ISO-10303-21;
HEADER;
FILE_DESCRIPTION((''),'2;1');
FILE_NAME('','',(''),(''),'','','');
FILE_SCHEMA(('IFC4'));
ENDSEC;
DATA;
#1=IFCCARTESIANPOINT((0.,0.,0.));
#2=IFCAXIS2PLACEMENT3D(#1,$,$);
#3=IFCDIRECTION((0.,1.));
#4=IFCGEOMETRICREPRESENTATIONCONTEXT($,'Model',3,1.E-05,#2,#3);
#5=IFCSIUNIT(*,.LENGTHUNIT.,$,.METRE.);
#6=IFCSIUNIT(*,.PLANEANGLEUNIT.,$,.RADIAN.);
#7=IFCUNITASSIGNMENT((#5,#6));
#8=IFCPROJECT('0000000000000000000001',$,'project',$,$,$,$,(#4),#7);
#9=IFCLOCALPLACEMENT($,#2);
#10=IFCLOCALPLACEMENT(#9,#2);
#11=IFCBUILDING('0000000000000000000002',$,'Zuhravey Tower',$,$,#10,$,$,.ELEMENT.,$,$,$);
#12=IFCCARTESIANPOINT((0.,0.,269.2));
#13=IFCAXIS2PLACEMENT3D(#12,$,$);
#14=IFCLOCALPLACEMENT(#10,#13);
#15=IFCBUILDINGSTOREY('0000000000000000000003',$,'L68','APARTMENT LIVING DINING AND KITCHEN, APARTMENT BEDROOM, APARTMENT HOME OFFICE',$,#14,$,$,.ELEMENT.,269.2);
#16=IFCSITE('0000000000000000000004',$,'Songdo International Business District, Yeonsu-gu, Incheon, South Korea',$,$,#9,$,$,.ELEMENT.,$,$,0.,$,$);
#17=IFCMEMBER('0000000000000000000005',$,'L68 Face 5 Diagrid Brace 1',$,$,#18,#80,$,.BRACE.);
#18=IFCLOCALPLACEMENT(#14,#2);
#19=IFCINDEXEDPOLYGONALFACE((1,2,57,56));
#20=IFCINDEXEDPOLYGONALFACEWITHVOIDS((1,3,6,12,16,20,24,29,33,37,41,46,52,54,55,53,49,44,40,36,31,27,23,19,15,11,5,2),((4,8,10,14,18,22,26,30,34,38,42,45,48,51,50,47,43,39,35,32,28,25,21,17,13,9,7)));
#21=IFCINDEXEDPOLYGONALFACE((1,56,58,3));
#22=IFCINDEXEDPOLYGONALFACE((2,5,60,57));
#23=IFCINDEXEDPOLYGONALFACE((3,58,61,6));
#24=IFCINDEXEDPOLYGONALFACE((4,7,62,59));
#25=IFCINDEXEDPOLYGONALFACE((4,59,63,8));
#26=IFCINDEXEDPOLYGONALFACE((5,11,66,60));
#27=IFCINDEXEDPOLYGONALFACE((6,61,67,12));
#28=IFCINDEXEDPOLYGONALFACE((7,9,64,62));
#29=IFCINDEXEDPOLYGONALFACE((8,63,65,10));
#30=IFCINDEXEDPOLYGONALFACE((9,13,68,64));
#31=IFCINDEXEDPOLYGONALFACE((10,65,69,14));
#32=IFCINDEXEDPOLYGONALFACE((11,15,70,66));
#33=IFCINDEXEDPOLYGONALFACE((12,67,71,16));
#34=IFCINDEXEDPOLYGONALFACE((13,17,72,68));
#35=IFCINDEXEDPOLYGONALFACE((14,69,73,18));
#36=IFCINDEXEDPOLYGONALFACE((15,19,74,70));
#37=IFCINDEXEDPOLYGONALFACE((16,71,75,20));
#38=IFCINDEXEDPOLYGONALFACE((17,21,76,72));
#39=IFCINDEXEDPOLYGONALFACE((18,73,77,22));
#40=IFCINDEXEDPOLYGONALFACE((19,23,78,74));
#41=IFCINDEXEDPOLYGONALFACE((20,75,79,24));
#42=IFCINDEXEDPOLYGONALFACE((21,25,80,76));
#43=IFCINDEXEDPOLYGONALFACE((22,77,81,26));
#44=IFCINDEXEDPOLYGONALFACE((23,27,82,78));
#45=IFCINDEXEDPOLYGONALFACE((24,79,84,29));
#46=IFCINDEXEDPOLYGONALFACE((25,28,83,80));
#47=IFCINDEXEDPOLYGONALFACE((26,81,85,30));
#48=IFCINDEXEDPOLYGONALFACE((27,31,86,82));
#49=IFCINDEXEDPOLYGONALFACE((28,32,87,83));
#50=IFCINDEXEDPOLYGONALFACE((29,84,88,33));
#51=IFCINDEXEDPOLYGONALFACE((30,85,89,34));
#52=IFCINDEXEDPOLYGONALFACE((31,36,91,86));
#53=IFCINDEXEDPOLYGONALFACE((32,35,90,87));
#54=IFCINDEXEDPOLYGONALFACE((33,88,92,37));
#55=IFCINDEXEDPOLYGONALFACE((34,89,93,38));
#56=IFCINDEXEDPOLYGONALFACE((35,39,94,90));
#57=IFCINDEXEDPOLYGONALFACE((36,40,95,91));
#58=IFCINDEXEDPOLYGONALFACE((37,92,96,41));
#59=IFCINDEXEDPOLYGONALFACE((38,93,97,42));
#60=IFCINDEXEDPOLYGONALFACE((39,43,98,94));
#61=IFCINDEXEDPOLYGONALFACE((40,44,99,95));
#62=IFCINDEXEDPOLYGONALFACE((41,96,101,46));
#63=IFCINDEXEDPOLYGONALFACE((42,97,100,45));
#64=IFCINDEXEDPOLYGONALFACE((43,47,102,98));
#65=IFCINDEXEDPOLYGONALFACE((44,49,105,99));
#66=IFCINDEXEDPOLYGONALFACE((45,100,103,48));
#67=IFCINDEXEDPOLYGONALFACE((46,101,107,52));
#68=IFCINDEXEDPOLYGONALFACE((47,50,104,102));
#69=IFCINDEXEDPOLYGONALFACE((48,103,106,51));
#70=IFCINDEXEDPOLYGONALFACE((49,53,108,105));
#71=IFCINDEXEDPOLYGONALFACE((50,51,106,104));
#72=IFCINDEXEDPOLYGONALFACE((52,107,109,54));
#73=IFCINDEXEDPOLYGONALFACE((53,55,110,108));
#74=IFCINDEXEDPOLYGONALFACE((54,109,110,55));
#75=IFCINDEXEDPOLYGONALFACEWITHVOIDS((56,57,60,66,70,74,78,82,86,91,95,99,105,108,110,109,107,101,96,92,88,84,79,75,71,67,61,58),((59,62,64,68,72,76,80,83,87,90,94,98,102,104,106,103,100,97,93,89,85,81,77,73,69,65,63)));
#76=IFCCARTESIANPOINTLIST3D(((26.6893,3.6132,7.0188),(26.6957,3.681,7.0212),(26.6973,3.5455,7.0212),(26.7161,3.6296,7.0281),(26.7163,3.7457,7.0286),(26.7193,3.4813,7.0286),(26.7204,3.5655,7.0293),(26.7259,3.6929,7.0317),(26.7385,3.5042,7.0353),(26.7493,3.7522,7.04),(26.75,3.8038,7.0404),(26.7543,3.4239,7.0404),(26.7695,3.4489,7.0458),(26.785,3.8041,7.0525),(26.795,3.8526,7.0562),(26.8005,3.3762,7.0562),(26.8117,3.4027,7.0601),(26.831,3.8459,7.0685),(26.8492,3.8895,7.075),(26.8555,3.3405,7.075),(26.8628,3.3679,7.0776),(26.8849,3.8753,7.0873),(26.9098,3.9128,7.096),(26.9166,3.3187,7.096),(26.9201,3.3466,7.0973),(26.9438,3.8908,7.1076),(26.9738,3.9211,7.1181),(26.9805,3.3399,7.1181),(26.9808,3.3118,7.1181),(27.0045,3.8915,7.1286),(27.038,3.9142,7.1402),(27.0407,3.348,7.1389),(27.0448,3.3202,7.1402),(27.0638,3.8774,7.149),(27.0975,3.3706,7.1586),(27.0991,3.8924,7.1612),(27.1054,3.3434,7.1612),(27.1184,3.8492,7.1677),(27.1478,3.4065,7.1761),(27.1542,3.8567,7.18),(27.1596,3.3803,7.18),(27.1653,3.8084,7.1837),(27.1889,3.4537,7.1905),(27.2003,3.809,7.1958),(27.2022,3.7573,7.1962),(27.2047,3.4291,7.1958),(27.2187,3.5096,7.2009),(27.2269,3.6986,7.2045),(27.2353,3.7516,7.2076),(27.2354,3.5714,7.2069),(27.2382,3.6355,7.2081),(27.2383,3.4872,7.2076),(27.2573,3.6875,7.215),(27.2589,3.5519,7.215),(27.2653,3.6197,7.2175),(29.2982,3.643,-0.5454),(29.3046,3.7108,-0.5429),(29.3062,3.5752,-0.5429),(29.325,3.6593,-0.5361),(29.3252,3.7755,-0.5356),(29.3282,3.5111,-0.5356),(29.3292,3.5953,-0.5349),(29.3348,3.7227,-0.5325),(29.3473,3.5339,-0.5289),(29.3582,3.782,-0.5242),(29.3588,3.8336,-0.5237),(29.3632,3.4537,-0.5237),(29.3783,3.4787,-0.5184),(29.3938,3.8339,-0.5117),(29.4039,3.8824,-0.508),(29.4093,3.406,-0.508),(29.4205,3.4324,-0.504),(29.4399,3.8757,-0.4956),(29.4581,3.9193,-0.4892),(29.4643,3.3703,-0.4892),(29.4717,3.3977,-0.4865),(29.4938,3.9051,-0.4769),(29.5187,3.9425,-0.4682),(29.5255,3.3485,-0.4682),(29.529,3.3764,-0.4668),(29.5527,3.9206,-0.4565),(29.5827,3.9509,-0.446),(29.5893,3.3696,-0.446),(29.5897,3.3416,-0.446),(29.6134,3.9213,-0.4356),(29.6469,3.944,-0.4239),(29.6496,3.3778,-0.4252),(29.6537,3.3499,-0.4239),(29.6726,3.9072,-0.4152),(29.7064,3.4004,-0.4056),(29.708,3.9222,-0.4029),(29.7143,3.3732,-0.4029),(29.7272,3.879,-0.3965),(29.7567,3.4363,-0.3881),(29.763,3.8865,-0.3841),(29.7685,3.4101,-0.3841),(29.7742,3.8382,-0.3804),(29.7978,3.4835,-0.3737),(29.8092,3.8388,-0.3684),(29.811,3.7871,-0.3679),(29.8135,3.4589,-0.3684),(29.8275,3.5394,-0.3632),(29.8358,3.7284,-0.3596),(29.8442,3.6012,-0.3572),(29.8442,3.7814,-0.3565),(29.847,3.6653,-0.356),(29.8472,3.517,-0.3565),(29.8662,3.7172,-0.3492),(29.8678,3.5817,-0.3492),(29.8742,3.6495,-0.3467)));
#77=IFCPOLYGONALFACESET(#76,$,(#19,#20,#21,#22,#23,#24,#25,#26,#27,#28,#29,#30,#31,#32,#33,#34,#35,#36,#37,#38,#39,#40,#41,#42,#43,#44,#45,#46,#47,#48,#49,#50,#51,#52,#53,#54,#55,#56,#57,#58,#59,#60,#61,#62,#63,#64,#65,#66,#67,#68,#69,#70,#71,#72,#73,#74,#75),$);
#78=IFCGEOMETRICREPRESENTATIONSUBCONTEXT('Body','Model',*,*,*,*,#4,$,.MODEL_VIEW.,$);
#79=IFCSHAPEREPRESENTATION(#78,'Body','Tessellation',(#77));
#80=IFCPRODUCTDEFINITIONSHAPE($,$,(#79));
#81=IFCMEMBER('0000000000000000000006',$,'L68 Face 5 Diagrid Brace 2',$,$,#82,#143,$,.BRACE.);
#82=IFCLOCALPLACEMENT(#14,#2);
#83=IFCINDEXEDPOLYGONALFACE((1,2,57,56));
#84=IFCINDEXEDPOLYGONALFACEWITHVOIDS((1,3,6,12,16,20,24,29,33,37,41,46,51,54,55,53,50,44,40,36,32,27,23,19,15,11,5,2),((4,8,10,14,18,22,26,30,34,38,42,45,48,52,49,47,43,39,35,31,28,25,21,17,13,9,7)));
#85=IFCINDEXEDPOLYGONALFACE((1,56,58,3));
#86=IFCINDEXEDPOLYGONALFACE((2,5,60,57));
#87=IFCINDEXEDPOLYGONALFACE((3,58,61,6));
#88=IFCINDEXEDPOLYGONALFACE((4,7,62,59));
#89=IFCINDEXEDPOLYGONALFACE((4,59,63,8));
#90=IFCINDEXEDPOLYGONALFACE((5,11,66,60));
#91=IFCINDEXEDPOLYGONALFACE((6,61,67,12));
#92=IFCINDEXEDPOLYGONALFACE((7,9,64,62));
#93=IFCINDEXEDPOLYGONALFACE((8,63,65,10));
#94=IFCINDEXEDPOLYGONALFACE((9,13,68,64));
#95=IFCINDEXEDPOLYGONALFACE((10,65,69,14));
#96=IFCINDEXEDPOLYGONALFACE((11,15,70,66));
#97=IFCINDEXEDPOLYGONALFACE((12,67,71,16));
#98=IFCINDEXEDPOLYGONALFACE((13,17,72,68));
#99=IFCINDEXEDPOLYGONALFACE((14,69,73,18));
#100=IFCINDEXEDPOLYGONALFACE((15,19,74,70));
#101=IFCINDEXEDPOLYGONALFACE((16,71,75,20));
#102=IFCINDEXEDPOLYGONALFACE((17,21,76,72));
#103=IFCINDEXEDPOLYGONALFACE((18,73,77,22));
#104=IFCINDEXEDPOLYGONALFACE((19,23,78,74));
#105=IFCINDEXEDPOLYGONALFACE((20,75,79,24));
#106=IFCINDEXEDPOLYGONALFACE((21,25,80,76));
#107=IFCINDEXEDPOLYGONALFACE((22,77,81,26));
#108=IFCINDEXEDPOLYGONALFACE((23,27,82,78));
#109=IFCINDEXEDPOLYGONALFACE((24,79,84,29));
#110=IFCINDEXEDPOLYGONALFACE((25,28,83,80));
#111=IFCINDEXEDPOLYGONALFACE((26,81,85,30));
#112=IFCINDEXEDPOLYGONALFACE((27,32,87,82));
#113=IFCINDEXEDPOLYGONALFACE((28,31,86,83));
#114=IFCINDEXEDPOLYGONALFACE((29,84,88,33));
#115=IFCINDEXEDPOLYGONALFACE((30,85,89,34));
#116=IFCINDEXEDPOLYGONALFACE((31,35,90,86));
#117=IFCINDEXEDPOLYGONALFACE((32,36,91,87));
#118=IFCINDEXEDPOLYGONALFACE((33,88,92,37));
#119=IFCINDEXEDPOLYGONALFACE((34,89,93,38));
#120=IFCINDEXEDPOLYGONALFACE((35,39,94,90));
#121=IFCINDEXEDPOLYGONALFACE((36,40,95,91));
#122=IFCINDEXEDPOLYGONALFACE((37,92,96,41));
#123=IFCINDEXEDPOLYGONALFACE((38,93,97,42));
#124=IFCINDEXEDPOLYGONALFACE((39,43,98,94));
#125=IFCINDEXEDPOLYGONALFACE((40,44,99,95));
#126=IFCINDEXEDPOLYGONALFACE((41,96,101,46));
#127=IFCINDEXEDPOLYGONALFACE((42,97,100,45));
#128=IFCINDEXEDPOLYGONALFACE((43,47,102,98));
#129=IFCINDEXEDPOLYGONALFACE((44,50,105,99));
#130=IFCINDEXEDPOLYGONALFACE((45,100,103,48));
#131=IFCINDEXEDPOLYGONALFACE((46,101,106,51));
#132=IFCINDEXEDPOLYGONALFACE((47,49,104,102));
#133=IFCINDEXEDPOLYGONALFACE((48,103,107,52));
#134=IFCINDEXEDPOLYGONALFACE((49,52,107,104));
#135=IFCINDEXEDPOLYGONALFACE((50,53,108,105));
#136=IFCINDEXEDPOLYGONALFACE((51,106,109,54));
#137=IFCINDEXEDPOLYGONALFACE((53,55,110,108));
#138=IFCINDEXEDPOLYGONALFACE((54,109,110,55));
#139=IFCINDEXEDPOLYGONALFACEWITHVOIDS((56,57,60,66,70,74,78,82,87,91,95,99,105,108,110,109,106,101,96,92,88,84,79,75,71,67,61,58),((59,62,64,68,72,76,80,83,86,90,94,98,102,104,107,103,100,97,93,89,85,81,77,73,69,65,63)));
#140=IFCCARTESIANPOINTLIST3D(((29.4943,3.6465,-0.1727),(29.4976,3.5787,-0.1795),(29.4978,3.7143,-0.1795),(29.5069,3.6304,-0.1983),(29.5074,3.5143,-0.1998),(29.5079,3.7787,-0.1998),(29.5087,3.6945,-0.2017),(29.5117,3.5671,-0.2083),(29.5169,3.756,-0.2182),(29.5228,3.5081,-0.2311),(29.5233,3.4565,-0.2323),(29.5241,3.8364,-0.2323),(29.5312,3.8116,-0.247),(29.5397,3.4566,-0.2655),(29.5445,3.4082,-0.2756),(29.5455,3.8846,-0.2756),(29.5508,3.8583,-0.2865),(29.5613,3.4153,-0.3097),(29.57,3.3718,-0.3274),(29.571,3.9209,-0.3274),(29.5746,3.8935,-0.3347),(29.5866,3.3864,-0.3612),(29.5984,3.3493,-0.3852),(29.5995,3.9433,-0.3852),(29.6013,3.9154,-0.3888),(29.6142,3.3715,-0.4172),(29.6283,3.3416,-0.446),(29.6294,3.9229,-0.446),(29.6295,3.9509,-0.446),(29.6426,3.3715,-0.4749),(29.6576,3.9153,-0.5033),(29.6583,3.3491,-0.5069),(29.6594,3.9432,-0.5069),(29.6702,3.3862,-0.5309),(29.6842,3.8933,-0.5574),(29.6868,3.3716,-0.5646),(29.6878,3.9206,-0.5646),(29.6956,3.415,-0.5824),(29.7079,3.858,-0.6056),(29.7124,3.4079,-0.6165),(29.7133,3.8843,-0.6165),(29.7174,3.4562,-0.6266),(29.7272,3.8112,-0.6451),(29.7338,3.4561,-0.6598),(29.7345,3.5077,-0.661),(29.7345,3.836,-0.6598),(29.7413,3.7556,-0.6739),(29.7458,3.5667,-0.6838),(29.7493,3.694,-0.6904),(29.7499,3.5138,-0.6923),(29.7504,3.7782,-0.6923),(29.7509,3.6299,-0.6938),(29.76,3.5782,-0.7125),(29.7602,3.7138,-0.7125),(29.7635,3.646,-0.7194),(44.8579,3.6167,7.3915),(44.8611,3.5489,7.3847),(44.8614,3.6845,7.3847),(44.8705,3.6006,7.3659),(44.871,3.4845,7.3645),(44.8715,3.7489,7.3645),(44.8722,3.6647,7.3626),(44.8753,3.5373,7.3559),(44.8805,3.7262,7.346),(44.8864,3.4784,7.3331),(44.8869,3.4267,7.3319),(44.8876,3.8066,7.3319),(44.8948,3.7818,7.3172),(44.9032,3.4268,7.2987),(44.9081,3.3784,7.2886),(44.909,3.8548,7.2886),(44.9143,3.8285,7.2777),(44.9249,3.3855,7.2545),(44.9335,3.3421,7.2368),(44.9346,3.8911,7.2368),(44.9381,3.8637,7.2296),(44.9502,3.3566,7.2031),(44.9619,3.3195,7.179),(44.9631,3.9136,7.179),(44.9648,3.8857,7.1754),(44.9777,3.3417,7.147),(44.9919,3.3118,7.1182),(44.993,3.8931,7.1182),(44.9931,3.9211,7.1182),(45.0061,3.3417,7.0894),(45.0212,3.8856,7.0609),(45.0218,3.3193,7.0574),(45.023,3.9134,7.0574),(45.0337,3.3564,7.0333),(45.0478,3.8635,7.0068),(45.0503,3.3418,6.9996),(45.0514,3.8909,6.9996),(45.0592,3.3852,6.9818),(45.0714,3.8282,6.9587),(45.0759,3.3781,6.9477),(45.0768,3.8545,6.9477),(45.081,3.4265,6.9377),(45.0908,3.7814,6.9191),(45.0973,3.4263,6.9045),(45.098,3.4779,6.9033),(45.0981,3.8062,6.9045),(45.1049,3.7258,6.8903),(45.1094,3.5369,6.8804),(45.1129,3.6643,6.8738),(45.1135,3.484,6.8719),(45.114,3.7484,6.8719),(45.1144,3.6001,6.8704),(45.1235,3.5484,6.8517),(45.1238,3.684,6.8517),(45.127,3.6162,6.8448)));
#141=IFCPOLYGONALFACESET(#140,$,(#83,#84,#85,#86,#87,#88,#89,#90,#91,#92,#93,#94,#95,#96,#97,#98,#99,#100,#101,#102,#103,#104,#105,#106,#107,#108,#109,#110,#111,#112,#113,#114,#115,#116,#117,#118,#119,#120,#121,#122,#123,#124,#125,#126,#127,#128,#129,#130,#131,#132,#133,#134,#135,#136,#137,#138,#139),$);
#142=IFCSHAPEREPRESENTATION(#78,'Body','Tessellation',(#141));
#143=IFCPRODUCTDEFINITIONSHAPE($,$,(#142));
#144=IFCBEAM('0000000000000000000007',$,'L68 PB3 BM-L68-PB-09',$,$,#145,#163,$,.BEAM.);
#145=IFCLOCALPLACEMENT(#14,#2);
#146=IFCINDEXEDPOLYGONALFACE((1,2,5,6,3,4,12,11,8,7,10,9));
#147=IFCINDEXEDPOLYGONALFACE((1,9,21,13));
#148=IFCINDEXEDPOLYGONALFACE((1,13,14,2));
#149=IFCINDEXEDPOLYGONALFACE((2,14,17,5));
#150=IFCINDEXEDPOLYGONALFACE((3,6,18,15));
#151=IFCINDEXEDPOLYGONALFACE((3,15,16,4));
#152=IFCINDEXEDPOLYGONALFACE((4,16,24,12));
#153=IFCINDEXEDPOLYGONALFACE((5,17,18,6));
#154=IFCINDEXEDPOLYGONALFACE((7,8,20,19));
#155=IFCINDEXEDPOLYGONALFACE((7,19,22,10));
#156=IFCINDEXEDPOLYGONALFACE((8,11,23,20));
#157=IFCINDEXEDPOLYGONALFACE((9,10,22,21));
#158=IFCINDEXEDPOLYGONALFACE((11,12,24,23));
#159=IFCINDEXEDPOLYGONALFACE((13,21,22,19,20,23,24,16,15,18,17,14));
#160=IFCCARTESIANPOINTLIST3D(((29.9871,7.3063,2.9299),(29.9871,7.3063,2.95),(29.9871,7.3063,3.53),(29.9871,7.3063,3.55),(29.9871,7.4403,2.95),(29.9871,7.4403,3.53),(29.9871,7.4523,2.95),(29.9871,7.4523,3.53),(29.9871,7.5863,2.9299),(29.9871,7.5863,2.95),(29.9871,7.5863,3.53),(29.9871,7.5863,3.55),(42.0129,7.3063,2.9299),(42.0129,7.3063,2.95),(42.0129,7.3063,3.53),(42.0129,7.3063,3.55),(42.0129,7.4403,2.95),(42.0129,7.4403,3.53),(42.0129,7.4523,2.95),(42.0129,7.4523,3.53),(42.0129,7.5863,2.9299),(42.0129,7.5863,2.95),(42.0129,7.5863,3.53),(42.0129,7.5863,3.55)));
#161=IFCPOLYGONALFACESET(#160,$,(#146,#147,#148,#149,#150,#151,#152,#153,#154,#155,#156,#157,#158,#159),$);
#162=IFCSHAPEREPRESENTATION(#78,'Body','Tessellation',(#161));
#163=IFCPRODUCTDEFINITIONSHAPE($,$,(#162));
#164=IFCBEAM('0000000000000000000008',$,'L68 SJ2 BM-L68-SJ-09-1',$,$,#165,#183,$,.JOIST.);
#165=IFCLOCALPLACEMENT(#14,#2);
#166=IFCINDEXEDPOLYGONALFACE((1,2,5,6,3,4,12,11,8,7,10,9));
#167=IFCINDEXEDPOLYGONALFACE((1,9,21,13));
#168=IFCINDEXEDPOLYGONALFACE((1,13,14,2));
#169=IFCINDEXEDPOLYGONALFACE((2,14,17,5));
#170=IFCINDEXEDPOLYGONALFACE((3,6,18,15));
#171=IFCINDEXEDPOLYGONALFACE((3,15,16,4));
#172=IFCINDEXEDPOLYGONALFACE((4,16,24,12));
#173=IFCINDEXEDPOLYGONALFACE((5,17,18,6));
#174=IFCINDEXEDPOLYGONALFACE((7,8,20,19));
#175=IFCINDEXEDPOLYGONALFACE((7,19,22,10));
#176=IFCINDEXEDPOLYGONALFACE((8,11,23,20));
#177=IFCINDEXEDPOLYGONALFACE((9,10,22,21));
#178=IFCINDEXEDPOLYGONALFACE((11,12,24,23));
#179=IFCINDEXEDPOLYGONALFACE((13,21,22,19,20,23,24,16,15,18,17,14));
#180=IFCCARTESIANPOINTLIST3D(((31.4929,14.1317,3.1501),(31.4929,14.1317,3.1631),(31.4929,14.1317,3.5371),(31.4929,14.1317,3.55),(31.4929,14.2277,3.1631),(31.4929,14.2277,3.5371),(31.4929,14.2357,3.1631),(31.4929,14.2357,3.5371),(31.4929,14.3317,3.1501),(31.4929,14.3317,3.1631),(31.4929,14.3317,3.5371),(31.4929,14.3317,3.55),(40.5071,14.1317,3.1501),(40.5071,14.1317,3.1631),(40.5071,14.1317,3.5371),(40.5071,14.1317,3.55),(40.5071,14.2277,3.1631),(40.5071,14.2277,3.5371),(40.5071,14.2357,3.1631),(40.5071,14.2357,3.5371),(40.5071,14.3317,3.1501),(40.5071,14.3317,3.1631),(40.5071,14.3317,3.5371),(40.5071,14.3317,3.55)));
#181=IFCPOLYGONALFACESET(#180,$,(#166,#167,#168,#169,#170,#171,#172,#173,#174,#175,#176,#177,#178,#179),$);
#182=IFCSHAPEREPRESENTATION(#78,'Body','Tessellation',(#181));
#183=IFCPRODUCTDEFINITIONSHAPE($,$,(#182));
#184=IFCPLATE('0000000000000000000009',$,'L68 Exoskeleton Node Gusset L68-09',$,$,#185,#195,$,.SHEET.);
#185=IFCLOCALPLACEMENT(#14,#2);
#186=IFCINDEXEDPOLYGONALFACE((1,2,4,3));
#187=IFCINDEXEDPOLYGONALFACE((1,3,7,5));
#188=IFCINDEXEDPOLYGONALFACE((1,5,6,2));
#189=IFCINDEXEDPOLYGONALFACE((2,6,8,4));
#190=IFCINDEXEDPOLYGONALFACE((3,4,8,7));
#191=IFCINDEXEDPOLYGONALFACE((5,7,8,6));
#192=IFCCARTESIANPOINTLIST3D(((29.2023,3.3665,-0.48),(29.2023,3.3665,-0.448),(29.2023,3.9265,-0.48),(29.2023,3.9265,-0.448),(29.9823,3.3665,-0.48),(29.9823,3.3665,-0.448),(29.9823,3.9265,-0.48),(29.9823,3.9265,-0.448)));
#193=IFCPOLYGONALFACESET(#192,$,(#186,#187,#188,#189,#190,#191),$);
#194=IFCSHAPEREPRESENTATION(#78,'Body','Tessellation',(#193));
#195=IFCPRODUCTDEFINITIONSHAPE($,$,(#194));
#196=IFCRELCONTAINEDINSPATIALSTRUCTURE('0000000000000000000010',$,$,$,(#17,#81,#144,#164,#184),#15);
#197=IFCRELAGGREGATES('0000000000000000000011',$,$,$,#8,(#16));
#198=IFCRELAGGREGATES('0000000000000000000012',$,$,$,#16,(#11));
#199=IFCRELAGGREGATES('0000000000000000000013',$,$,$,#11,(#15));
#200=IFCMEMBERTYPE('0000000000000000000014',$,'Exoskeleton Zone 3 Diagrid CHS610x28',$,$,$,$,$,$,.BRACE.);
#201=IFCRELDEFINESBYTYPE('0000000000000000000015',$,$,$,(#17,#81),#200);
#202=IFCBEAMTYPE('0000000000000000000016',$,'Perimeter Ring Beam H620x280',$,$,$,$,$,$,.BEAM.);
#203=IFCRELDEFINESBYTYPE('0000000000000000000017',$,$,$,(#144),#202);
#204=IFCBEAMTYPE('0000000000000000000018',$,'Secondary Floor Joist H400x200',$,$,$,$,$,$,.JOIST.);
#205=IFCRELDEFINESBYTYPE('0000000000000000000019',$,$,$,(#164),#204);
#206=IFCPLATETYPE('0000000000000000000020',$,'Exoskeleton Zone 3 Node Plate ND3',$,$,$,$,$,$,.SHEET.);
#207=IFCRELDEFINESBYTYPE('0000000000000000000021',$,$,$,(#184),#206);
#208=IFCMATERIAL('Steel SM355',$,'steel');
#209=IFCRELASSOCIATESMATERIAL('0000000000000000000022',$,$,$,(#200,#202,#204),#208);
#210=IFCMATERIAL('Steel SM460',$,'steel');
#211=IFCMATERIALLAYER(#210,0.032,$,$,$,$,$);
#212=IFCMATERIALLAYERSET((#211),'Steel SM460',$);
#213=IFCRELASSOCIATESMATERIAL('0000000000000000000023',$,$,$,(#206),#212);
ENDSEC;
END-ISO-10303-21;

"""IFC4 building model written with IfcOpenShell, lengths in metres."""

from ifc_helpers import new_model, si_unit, direction, frame, origin, origin_2d, place, context, subcontext, project, spatial, rectangle, hollow_circle, i_section, extrude, material, layer, layer_set, material_profile, profile_set, type_object, element, save


model = new_model("IFC4")

# Units and contexts
model_context = context("Model", 3, precision=1e-05, world=origin(), true_north=direction((0.0, 1.0)))
body_context = subcontext(model_context, "Body", "Model", "MODEL_VIEW")
ifc_project = project(units=[si_unit("LENGTHUNIT", "METRE"), si_unit("PLANEANGLEUNIT", "RADIAN")], contexts=[model_context])

# Site, building, storey
site_placement = place(None, origin())
site = spatial("IfcSite", under=ifc_project, at=site_placement, Name="Songdo International Business District, Yeonsu-gu, Incheon, South Korea", CompositionType="ELEMENT", RefElevation=0.0)
building_placement = place(site_placement, origin())
building = spatial("IfcBuilding", under=site, at=building_placement, Name="Zuhravey Tower", CompositionType="ELEMENT")
storey_placement = place(building_placement, frame((0.0, 0.0, 269.2)))
storey = spatial("IfcBuildingStorey", under=building, at=storey_placement, Name="L68", Description="APARTMENT LIVING DINING AND KITCHEN, APARTMENT BEDROOM, APARTMENT HOME OFFICE", CompositionType="ELEMENT", Elevation=269.2)

# Members
ifc_material_1 = material(Name="Steel SM355", Category="steel")
ifc_material_profile_1 = material_profile(ifc_material_1, hollow_circle(Radius=0.3047, WallThickness=0.0281, at=origin_2d()), Name="CHS-609.6x28")
ifc_profile_set_1 = profile_set([ifc_material_profile_1], Name="Steel SM355")
member_type_1 = type_object("IfcMemberType", Name="Exoskeleton Zone 3 Diagrid CHS610x28", PredefinedType="BRACE", material=ifc_profile_set_1)
member_1_placement = place(storey_placement, frame((29.5862, 3.6462, -0.446), z_axis=(-0.326049, -0.003722, 0.945346), x_axis=(0.011416, -0.999935, 0.0)))
element("IfcMember", 1, at=member_1_placement, inside=storey, type_object=member_type_1, Name="L68 Face 5 Diagrid Brace 1", PredefinedType="BRACE", context=body_context, shape_type="SweptSolid", body=[
    extrude(hollow_circle(Radius=0.3047, WallThickness=0.0281, at=origin_2d()), origin(), (0.0, 0.0, 1.0), 8.0015),
])
member_2_placement = place(storey_placement, frame((29.6289, 3.6462, -0.446), z_axis=(0.897155, -0.001739, 0.441713), x_axis=(0.001939, 0.999998, 0.0)))
element("IfcMember", 2, at=member_2_placement, inside=storey, type_object=member_type_1, Name="L68 Face 5 Diagrid Brace 2", PredefinedType="BRACE", context=body_context, shape_type="SweptSolid", body=[
    extrude(hollow_circle(Radius=0.3047, WallThickness=0.0281, at=origin_2d()), origin(), (0.0, 0.0, 1.0), 17.1248),
])

# Beams
ifc_material_profile_2 = material_profile(ifc_material_1, i_section(OverallWidth=0.28, OverallDepth=0.6201, WebThickness=0.012, FlangeThickness=0.02, at=origin_2d()), Name="H-620x280x12x20")
ifc_profile_set_2 = profile_set([ifc_material_profile_2], Name="Steel SM355")
beam_type_1 = type_object("IfcBeamType", Name="Perimeter Ring Beam H620x280", PredefinedType="BEAM", material=ifc_profile_set_2)
beam_1_placement = place(storey_placement, frame((29.9871, 7.4463, 3.24), z_axis=(1.0, 0.0, 0.0), x_axis=(0.0, 1.0, 0.0)))
element("IfcBeam", 3, at=beam_1_placement, inside=storey, type_object=beam_type_1, Name="L68 PB3 BM-L68-PB-09", PredefinedType="BEAM", context=body_context, shape_type="SweptSolid", body=[
    extrude(i_section(OverallWidth=0.28, OverallDepth=0.6201, WebThickness=0.012, FlangeThickness=0.02, at=origin_2d()), origin(), (0.0, 0.0, 1.0), 12.0259),
])
ifc_material_profile_3 = material_profile(ifc_material_1, i_section(OverallWidth=0.2, OverallDepth=0.3999, WebThickness=0.0081, FlangeThickness=0.0129, at=origin_2d()), Name="H-400x200x8x13")
ifc_profile_set_3 = profile_set([ifc_material_profile_3], Name="Steel SM355")
beam_type_2 = type_object("IfcBeamType", Name="Secondary Floor Joist H400x200", PredefinedType="JOIST", material=ifc_profile_set_3)
beam_2_placement = place(storey_placement, frame((31.4929, 14.2317, 3.3501), z_axis=(1.0, 0.0, 0.0), x_axis=(0.0, 1.0, 0.0)))
element("IfcBeam", 4, at=beam_2_placement, inside=storey, type_object=beam_type_2, Name="L68 SJ2 BM-L68-SJ-09-1", PredefinedType="JOIST", context=body_context, shape_type="SweptSolid", body=[
    extrude(i_section(OverallWidth=0.2, OverallDepth=0.3999, WebThickness=0.0081, FlangeThickness=0.0129, at=origin_2d()), origin(), (0.0, 0.0, 1.0), 9.0142),
])

# Plate
ifc_material_2 = material(Name="Steel SM460", Category="steel")
ifc_layer_1 = layer(ifc_material_2, 0.032)
ifc_layer_set_1 = layer_set([ifc_layer_1], Name="Steel SM460")
plate_type_1 = type_object("IfcPlateType", Name="Exoskeleton Zone 3 Node Plate ND3", PredefinedType="SHEET", material=ifc_layer_set_1)
plate_1_placement = place(storey_placement, frame((29.5923, 3.6465, -0.48), z_axis=(0.0, 0.0, 1.0), x_axis=(1.0, 0.0, 0.0)))
element("IfcPlate", 5, at=plate_1_placement, inside=storey, type_object=plate_type_1, Name="L68 Exoskeleton Node Gusset L68-09", PredefinedType="SHEET", context=body_context, shape_type="SweptSolid", body=[
    extrude(rectangle(XDim=0.78, YDim=0.5601, at=origin_2d()), origin(), (0.0, 0.0, 1.0), 0.032),
])

save(model, "model.ifc")
